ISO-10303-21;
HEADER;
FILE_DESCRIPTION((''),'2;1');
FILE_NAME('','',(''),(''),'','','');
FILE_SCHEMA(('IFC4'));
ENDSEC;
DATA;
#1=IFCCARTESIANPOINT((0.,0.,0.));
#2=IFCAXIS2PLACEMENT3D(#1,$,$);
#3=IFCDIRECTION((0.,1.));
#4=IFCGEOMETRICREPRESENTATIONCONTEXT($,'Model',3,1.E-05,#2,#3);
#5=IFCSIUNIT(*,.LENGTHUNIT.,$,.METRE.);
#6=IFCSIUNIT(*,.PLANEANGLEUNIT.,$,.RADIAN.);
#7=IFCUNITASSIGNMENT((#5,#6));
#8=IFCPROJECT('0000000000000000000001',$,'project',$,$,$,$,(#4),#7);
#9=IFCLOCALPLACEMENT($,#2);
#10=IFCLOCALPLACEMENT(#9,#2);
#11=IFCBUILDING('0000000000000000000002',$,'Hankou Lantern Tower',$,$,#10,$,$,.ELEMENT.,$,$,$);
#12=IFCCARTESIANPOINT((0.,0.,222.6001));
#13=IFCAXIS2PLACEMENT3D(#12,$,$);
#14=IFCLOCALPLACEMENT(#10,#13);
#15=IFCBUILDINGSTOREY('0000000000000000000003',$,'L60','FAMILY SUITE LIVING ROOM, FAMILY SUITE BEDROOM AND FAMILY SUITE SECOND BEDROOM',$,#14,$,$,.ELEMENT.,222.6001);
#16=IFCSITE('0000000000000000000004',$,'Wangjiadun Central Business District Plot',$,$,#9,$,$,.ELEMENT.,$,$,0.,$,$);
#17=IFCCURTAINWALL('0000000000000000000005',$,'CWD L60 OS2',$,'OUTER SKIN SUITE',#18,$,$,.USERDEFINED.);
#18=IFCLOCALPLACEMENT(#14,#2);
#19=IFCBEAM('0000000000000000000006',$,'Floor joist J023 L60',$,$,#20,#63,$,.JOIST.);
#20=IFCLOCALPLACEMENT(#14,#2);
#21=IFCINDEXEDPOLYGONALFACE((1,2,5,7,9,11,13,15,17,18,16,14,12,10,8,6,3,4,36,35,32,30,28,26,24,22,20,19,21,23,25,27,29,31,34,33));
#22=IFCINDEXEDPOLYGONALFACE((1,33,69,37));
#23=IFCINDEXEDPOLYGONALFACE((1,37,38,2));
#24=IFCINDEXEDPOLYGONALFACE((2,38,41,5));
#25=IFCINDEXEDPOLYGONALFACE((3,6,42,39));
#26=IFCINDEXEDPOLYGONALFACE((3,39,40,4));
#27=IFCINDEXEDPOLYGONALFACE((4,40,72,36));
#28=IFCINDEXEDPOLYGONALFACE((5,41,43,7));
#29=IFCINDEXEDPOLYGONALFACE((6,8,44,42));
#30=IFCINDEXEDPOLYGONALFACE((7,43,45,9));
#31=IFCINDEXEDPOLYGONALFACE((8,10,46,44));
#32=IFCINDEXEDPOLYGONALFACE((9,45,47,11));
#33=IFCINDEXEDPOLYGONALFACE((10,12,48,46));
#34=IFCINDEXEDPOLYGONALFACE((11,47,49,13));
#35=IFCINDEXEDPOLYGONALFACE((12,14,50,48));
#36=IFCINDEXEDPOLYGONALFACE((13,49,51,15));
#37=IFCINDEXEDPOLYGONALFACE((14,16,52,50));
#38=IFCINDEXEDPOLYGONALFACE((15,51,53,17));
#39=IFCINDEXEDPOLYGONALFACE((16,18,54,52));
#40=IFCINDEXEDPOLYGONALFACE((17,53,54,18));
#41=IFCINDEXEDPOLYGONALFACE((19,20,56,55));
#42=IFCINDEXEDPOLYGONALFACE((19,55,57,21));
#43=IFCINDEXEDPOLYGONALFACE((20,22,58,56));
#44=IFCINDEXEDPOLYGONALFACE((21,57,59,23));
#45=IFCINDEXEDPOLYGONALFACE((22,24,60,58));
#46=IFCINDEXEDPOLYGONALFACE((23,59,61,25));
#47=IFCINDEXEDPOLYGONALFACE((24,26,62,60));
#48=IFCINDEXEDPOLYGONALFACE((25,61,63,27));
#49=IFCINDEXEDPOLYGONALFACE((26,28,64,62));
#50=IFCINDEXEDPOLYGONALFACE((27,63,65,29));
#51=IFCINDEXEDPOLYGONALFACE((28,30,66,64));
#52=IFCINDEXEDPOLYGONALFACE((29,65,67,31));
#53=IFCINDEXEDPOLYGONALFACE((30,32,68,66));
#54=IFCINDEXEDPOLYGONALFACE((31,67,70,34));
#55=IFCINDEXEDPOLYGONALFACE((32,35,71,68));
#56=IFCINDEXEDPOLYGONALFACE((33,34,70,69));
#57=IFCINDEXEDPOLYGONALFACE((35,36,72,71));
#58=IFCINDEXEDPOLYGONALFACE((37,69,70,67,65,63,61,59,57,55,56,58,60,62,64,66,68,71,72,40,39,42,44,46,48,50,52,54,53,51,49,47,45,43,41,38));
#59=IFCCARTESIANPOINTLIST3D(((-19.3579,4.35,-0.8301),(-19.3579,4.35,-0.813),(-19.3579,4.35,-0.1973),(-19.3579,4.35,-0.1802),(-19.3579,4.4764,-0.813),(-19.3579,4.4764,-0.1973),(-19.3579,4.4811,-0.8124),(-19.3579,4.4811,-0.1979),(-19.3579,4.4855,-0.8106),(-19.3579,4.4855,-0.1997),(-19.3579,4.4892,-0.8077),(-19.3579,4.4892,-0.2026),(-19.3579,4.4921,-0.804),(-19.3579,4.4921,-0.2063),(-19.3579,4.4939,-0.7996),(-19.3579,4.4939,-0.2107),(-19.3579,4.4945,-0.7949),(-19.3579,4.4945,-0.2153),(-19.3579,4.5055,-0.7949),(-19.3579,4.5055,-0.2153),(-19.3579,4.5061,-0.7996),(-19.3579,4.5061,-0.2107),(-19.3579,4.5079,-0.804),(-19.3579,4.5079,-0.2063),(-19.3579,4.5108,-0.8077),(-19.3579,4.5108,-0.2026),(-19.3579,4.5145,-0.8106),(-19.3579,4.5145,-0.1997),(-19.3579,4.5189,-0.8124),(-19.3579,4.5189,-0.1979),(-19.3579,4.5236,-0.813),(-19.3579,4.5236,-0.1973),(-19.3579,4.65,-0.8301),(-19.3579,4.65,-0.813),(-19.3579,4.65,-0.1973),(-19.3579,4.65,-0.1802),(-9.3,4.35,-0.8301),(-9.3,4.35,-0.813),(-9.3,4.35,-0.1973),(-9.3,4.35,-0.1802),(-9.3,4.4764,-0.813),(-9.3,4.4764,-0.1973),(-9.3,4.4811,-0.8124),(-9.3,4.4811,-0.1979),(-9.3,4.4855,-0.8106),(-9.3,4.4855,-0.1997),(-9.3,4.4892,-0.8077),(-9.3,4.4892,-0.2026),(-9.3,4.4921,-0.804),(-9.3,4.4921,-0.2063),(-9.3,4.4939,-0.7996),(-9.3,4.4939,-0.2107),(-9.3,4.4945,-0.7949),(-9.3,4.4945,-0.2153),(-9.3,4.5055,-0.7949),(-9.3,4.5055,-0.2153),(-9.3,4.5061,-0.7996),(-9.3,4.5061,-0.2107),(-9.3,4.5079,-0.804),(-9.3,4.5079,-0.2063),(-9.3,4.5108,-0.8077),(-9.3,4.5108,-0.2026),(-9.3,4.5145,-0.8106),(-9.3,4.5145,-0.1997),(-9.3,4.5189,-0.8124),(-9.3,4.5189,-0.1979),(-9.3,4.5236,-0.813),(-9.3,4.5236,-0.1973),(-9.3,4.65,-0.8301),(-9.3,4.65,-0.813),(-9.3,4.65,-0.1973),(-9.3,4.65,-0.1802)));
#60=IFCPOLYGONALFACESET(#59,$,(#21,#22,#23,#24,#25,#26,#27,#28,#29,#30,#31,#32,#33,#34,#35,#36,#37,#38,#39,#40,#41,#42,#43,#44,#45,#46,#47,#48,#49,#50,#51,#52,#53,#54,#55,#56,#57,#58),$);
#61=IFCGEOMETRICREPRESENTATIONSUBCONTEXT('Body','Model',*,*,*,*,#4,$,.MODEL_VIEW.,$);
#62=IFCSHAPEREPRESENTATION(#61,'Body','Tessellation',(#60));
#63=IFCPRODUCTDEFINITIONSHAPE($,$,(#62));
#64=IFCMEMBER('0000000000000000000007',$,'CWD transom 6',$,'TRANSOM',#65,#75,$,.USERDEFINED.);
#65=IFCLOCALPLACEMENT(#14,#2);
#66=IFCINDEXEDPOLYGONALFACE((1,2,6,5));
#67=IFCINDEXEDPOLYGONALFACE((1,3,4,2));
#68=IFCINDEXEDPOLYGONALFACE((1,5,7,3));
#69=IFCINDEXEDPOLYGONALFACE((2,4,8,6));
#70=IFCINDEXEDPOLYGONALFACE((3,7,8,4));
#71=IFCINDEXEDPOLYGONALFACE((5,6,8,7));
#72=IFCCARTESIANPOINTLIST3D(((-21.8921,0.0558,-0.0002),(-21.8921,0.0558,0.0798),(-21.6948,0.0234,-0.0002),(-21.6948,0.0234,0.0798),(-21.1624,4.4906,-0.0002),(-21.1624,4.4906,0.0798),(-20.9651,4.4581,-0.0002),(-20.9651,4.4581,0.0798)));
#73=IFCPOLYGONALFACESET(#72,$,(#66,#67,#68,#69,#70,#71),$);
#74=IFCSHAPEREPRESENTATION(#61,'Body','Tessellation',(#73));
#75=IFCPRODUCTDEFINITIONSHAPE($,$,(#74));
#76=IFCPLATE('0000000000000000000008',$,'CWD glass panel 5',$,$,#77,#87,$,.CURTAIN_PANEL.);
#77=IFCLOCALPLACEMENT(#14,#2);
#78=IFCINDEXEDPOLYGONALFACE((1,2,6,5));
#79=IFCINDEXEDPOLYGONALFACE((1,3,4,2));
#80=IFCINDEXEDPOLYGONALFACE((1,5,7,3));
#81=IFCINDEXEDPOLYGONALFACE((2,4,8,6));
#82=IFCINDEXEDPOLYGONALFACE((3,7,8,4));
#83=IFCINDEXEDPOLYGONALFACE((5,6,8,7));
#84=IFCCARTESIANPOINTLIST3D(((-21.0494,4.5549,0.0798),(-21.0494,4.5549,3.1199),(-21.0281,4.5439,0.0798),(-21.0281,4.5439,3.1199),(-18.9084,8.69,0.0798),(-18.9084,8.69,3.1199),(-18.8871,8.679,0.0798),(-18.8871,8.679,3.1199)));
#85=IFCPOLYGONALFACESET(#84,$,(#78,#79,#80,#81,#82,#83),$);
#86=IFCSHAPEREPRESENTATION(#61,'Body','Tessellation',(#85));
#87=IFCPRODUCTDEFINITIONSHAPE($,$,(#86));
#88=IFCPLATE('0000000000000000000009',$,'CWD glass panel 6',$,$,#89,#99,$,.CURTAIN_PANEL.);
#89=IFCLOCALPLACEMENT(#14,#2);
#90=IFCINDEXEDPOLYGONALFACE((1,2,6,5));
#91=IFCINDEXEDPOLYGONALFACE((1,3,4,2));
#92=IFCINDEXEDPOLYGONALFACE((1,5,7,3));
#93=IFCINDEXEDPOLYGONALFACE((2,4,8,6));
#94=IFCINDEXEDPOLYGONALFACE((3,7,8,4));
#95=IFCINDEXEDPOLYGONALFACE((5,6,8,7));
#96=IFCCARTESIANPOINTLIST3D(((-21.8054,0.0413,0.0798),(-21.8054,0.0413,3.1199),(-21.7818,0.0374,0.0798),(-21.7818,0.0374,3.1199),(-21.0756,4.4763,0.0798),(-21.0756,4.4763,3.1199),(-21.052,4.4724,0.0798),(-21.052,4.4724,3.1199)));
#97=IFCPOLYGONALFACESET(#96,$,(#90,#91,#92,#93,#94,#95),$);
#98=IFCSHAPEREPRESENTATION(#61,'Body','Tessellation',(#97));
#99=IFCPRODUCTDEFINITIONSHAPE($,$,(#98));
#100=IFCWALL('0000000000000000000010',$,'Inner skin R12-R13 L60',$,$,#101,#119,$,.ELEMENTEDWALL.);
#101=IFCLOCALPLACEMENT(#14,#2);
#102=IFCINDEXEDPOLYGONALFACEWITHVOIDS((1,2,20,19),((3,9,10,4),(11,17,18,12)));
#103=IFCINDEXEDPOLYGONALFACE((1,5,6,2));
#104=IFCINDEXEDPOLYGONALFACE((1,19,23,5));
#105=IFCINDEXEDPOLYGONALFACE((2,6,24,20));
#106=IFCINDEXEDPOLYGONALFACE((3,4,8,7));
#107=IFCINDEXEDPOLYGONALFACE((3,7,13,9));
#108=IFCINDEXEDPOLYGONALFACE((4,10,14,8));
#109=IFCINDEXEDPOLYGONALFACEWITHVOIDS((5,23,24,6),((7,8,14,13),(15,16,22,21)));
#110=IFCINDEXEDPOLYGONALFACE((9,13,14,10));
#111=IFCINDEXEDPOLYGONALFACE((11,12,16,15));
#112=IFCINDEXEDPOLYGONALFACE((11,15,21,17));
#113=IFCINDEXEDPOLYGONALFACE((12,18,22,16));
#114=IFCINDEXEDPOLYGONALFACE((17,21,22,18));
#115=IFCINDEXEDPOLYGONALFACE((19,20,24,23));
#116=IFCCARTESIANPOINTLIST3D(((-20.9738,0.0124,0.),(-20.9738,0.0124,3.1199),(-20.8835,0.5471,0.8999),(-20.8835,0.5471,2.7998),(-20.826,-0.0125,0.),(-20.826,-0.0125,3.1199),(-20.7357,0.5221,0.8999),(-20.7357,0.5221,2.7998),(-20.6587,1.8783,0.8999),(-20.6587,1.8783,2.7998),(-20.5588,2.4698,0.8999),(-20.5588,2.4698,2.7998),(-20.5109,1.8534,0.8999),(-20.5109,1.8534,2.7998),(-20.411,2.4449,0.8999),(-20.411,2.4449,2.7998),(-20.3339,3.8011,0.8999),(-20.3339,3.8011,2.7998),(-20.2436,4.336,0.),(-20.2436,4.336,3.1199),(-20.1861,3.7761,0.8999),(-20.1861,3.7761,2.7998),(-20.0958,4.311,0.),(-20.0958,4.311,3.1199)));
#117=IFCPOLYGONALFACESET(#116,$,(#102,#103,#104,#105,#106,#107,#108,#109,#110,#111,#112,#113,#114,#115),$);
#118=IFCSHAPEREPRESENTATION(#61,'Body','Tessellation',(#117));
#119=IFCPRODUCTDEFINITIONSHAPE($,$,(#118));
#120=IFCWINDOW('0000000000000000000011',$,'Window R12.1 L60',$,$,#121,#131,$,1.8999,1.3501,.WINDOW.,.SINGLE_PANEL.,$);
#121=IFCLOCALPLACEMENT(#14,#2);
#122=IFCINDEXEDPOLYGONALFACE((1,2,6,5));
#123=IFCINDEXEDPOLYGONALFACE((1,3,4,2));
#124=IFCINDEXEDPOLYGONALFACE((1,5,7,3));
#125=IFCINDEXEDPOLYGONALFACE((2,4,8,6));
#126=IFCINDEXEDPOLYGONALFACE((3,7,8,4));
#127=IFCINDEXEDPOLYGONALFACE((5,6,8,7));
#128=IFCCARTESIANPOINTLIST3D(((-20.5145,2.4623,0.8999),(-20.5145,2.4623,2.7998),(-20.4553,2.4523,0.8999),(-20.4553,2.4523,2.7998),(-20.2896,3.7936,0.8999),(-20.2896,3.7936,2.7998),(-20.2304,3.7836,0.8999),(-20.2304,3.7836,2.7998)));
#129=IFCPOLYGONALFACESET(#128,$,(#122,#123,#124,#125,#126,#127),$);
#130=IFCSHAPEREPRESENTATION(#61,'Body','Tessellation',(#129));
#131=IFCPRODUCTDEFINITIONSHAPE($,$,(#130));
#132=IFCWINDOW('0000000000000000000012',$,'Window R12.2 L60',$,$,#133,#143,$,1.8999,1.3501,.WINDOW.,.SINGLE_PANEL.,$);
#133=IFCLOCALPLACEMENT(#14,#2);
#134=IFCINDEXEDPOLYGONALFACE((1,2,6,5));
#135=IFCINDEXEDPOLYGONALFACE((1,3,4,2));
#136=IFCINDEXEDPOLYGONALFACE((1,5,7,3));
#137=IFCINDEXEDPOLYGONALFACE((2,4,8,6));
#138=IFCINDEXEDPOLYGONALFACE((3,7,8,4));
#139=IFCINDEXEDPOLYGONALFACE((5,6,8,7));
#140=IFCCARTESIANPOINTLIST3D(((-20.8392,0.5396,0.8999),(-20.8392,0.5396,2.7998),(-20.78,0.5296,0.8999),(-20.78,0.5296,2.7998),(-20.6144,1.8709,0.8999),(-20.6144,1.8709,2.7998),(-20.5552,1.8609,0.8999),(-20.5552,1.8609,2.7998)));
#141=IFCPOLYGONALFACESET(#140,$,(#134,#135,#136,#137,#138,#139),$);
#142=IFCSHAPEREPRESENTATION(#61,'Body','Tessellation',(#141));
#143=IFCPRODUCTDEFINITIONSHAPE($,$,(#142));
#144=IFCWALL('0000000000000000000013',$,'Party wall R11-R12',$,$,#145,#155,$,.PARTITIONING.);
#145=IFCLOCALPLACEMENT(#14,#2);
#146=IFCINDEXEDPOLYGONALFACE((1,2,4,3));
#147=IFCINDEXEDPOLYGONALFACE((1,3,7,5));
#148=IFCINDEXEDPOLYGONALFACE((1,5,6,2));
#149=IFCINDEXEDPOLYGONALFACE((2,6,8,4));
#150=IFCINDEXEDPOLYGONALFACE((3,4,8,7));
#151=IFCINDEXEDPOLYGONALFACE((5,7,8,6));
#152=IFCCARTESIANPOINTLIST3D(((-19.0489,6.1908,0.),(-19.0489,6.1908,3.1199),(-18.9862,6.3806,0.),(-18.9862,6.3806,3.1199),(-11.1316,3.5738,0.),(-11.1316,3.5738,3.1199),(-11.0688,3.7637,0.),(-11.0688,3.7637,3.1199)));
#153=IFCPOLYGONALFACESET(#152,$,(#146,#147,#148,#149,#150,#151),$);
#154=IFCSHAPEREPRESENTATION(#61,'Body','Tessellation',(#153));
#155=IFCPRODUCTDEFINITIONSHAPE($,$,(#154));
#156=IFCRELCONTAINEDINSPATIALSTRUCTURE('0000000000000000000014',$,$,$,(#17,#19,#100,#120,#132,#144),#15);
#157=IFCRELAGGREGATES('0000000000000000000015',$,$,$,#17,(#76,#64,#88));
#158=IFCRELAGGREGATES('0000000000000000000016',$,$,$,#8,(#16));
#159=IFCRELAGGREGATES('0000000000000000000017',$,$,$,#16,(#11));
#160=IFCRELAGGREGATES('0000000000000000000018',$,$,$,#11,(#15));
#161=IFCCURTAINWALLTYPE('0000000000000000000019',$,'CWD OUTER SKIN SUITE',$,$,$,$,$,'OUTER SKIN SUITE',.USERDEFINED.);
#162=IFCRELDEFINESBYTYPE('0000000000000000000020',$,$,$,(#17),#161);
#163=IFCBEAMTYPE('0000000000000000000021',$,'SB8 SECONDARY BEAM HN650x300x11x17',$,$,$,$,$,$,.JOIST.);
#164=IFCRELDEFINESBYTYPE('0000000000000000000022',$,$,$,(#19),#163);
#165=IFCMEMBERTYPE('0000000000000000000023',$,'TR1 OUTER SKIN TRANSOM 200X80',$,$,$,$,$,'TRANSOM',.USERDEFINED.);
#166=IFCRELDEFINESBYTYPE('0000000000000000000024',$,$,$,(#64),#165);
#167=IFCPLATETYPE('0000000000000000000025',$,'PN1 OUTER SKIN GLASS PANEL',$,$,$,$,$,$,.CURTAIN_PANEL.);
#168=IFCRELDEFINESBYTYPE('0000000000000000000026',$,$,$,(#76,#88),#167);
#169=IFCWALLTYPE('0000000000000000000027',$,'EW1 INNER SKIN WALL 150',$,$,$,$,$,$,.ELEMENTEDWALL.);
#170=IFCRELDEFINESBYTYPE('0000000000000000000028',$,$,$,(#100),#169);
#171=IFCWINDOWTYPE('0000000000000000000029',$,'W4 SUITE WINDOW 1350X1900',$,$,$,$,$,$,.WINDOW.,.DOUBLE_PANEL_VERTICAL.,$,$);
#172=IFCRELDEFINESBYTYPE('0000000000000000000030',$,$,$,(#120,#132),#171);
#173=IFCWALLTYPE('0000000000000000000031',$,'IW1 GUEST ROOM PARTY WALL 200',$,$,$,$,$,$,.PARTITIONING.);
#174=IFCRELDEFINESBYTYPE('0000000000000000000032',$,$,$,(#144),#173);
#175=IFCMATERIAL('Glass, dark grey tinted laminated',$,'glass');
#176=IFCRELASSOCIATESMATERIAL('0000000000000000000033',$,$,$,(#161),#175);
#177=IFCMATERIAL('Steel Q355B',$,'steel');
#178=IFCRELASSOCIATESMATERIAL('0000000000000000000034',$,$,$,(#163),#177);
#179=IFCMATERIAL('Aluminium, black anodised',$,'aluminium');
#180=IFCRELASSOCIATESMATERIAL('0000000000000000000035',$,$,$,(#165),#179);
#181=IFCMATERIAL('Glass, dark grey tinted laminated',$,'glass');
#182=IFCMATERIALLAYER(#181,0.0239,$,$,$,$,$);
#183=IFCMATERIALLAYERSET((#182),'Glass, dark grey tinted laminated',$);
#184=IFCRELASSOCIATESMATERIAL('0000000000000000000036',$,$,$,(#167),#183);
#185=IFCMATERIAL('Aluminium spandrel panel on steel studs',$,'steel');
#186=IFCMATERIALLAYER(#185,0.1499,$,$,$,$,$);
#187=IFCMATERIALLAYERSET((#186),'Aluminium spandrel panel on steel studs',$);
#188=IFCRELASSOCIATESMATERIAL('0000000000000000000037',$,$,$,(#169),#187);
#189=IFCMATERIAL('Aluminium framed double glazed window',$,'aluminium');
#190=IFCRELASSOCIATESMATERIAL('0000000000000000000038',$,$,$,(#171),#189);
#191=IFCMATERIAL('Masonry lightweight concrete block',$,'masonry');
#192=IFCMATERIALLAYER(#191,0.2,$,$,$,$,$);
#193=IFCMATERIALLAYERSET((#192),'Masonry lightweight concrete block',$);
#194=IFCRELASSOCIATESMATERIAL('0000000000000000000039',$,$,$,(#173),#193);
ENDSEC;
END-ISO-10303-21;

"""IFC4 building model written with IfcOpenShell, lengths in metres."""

from ifc_helpers import new_model, si_unit, direction, frame, frame_2d, origin, origin_2d, place, context, subcontext, project, spatial, rectangle, i_section, extrude, material, layer, layer_set, material_profile, profile_set, type_object, element, fill, aggregate, save


model = new_model("IFC4")

# Units and contexts
model_context = context("Model", 3, precision=1e-05, world=origin(), true_north=direction((0.0, 1.0)))
body_context = subcontext(model_context, "Body", "Model", "MODEL_VIEW")
ifc_project = project(units=[si_unit("LENGTHUNIT", "METRE"), si_unit("PLANEANGLEUNIT", "RADIAN")], contexts=[model_context])

# Site, building, storey
site_placement = place(None, origin())
site = spatial("IfcSite", under=ifc_project, at=site_placement, Name="Wangjiadun Central Business District Plot", CompositionType="ELEMENT", RefElevation=0.0)
building_placement = place(site_placement, origin())
building = spatial("IfcBuilding", under=site, at=building_placement, Name="Hankou Lantern Tower", CompositionType="ELEMENT")
storey_placement = place(building_placement, frame((0.0, 0.0, 222.6001)))
storey = spatial("IfcBuildingStorey", under=building, at=storey_placement, Name="L60", Description="FAMILY SUITE LIVING ROOM, FAMILY SUITE BEDROOM AND FAMILY SUITE SECOND BEDROOM", CompositionType="ELEMENT", Elevation=222.6001)

# Curtain wall
ifc_material_1 = material(Name="Glass, dark grey tinted laminated", Category="glass")
curtain_wall_type = type_object("IfcCurtainWallType", Name="CWD OUTER SKIN SUITE", ElementType="OUTER SKIN SUITE", PredefinedType="USERDEFINED", material=ifc_material_1)
curtain_wall_placement = place(storey_placement, origin())
curtain_wall = element("IfcCurtainWall", 1, at=curtain_wall_placement, inside=storey, type_object=curtain_wall_type, Name="CWD L60 OS2", ObjectType="OUTER SKIN SUITE", PredefinedType="USERDEFINED")

# Beam
ifc_material_2 = material(Name="Steel Q355B", Category="steel")
ifc_material_profile_1 = material_profile(ifc_material_2, i_section(OverallWidth=0.3, OverallDepth=0.6499, WebThickness=0.011, FlangeThickness=0.0171, FilletRadius=0.0181, at=origin_2d()), Name="HN650x300x11x17")
ifc_profile_set_1 = profile_set([ifc_material_profile_1], Name="Steel Q355B")
beam_type_1 = type_object("IfcBeamType", Name="SB8 SECONDARY BEAM HN650x300x11x17", PredefinedType="JOIST", material=ifc_profile_set_1)
beam_1_placement = place(storey_placement, frame((-19.3579, 4.5, -0.5051), z_axis=(1.0, 0.0, 0.0), x_axis=(0.0, 1.0, 0.0)))
element("IfcBeam", 2, at=beam_1_placement, inside=storey, type_object=beam_type_1, Name="Floor joist J023 L60", PredefinedType="JOIST", context=body_context, shape_type="SweptSolid", body=[
    extrude(i_section(OverallWidth=0.3, OverallDepth=0.6499, WebThickness=0.011, FlangeThickness=0.0171, FilletRadius=0.0181, at=origin_2d()), origin(), (0.0, 0.0, 1.0), 10.0579),
])

# Member
ifc_material_3 = material(Name="Aluminium, black anodised", Category="aluminium")
ifc_material_profile_2 = material_profile(ifc_material_3, rectangle(XDim=0.2, YDim=0.0801, at=origin_2d()), Name="TR1 200X80")
ifc_profile_set_2 = profile_set([ifc_material_profile_2], Name="Aluminium, black anodised")
member_type_1 = type_object("IfcMemberType", Name="TR1 OUTER SKIN TRANSOM 200X80", ElementType="TRANSOM", PredefinedType="USERDEFINED", material=ifc_profile_set_2)
member_1_placement = place(storey_placement, frame((-21.0637, 4.4744, 0.0398), z_axis=(-0.162364, -0.986731, 0.0), x_axis=(0.986731, -0.162364, 0.0)))
member_1 = element("IfcMember", 3, at=member_1_placement, type_object=member_type_1, Name="CWD transom 6", ObjectType="TRANSOM", PredefinedType="USERDEFINED", context=body_context, shape_type="SweptSolid", body=[
    extrude(rectangle(XDim=0.2, YDim=0.0801, at=origin_2d()), origin(), (0.0, 0.0, 1.0), 4.4944),
])

# Plates
ifc_material_4 = material(Name="Glass, dark grey tinted laminated", Category="glass")
ifc_layer_1 = layer(ifc_material_4, 0.0239)
ifc_layer_set_1 = layer_set([ifc_layer_1], Name="Glass, dark grey tinted laminated")
plate_type = type_object("IfcPlateType", Name="PN1 OUTER SKIN GLASS PANEL", PredefinedType="CURTAIN_PANEL", material=ifc_layer_set_1)
plate_1_placement = place(storey_placement, frame((-19.9683, 6.6169, 0.0798), z_axis=(0.0, 0.0, 1.0), x_axis=(-0.459791, -0.888027, 0.0)))
plate_1 = element("IfcPlate", 4, at=plate_1_placement, type_object=plate_type, Name="CWD glass panel 5", PredefinedType="CURTAIN_PANEL", context=body_context, shape_type="SweptSolid", body=[
    extrude(rectangle(XDim=4.6565, YDim=0.0239, at=origin_2d()), origin(), (0.0, 0.0, 1.0), 3.04),
])
plate_2_placement = place(storey_placement, frame((-21.4287, 2.2568, 0.0798), z_axis=(0.0, 0.0, 1.0), x_axis=(-0.162382, -0.986728, 0.0)))
plate_2 = element("IfcPlate", 5, at=plate_2_placement, type_object=plate_type, Name="CWD glass panel 6", PredefinedType="CURTAIN_PANEL", context=body_context, shape_type="SweptSolid", body=[
    extrude(rectangle(XDim=4.4946, YDim=0.0239, at=origin_2d()), origin(), (0.0, 0.0, 1.0), 3.04),
])
aggregate(curtain_wall, [plate_1, member_1, plate_2])

# Wall, openings, windows
ifc_material_5 = material(Name="Aluminium spandrel panel on steel studs", Category="steel")
ifc_layer_2 = layer(ifc_material_5, 0.1499)
ifc_layer_set_2 = layer_set([ifc_layer_2], Name="Aluminium spandrel panel on steel studs")
wall_type_1 = type_object("IfcWallType", Name="EW1 INNER SKIN WALL 150", PredefinedType="ELEMENTEDWALL", material=ifc_layer_set_2)
wall_1_placement = place(storey_placement, frame((-20.1697, 4.3235, 0.0), z_axis=(0.0, 0.0, 1.0), x_axis=(-0.166539, -0.986035, 0.0)))
wall_1 = element("IfcWall", 6, at=wall_1_placement, inside=storey, type_object=wall_type_1, Name="Inner skin R12-R13 L60", PredefinedType="ELEMENTEDWALL", context=body_context, shape_type="SweptSolid", body=[
    extrude(rectangle(XDim=4.3848, YDim=0.1499, at=frame_2d((2.1924, 0.0))), origin(), (0.0, 0.0, 1.0), 3.1199),
])
opening_1_placement = place(wall_1_placement, frame((0.5425, 0.0, 0.8999)))
opening_1 = element("IfcOpeningElement", 7, at=opening_1_placement, cuts=wall_1, PredefinedType="OPENING", context=body_context, shape_type="SweptSolid", body=[
    extrude(rectangle(XDim=1.3501, YDim=1.8999, at=frame_2d((0.675, 0.95))), frame((0.0, 0.085, 0.0), z_axis=(0.0, -1.0, 0.0), x_axis=(1.0, 0.0, 0.0)), (0.0, 0.0, 1.0), 0.1699),
])
opening_2_placement = place(wall_1_placement, frame((2.4924, 0.0, 0.8999)))
opening_2 = element("IfcOpeningElement", 8, at=opening_2_placement, cuts=wall_1, PredefinedType="OPENING", context=body_context, shape_type="SweptSolid", body=[
    extrude(rectangle(XDim=1.3501, YDim=1.8999, at=frame_2d((0.675, 0.95))), frame((0.0, 0.085, 0.0), z_axis=(0.0, -1.0, 0.0), x_axis=(1.0, 0.0, 0.0)), (0.0, 0.0, 1.0), 0.1699),
])
ifc_material_6 = material(Name="Aluminium framed double glazed window", Category="aluminium")
window_type = type_object("IfcWindowType", Name="W4 SUITE WINDOW 1350X1900", PartitioningType="DOUBLE_PANEL_VERTICAL", PredefinedType="WINDOW", material=ifc_material_6)
window_1_placement = place(opening_1_placement, origin())
window_1 = element("IfcWindow", 9, at=window_1_placement, inside=storey, type_object=window_type, Name="Window R12.1 L60", OverallHeight=1.8999, OverallWidth=1.3501, PartitioningType="SINGLE_PANEL", PredefinedType="WINDOW", context=body_context, shape_type="SweptSolid", body=[
    extrude(rectangle(XDim=1.3501, YDim=1.8999, at=frame_2d((0.675, 0.95))), frame((0.0, 0.03, 0.0), z_axis=(0.0, -1.0, 0.0), x_axis=(1.0, 0.0, 0.0)), (0.0, 0.0, 1.0), 0.0601),
])
fill(opening_1, window_1)
window_2_placement = place(opening_2_placement, origin())
window_2 = element("IfcWindow", 10, at=window_2_placement, inside=storey, type_object=window_type, Name="Window R12.2 L60", OverallHeight=1.8999, OverallWidth=1.3501, PartitioningType="SINGLE_PANEL", PredefinedType="WINDOW", context=body_context, shape_type="SweptSolid", body=[
    extrude(rectangle(XDim=1.3501, YDim=1.8999, at=frame_2d((0.675, 0.95))), frame((0.0, 0.03, 0.0), z_axis=(0.0, -1.0, 0.0), x_axis=(1.0, 0.0, 0.0)), (0.0, 0.0, 1.0), 0.0601),
])
fill(opening_2, window_2)

# Wall
ifc_material_7 = material(Name="Masonry lightweight concrete block", Category="masonry")
ifc_layer_3 = layer(ifc_material_7, 0.2)
ifc_layer_set_3 = layer_set([ifc_layer_3], Name="Masonry lightweight concrete block")
wall_type_2 = type_object("IfcWallType", Name="IW1 GUEST ROOM PARTY WALL 200", PredefinedType="PARTITIONING", material=ifc_layer_set_3)
wall_2_placement = place(storey_placement, frame((-11.1001, 3.6687, 0.0), z_axis=(0.0, 0.0, 1.0), x_axis=(-0.949477, 0.313838, 0.0)))
element("IfcWall", 11, at=wall_2_placement, inside=storey, type_object=wall_type_2, Name="Party wall R11-R12", PredefinedType="PARTITIONING", context=body_context, shape_type="SweptSolid", body=[
    extrude(rectangle(XDim=8.3386, YDim=0.2, at=frame_2d((4.1694, 0.0))), origin(), (0.0, 0.0, 1.0), 3.1199),
])

save(model, "model.ifc")
